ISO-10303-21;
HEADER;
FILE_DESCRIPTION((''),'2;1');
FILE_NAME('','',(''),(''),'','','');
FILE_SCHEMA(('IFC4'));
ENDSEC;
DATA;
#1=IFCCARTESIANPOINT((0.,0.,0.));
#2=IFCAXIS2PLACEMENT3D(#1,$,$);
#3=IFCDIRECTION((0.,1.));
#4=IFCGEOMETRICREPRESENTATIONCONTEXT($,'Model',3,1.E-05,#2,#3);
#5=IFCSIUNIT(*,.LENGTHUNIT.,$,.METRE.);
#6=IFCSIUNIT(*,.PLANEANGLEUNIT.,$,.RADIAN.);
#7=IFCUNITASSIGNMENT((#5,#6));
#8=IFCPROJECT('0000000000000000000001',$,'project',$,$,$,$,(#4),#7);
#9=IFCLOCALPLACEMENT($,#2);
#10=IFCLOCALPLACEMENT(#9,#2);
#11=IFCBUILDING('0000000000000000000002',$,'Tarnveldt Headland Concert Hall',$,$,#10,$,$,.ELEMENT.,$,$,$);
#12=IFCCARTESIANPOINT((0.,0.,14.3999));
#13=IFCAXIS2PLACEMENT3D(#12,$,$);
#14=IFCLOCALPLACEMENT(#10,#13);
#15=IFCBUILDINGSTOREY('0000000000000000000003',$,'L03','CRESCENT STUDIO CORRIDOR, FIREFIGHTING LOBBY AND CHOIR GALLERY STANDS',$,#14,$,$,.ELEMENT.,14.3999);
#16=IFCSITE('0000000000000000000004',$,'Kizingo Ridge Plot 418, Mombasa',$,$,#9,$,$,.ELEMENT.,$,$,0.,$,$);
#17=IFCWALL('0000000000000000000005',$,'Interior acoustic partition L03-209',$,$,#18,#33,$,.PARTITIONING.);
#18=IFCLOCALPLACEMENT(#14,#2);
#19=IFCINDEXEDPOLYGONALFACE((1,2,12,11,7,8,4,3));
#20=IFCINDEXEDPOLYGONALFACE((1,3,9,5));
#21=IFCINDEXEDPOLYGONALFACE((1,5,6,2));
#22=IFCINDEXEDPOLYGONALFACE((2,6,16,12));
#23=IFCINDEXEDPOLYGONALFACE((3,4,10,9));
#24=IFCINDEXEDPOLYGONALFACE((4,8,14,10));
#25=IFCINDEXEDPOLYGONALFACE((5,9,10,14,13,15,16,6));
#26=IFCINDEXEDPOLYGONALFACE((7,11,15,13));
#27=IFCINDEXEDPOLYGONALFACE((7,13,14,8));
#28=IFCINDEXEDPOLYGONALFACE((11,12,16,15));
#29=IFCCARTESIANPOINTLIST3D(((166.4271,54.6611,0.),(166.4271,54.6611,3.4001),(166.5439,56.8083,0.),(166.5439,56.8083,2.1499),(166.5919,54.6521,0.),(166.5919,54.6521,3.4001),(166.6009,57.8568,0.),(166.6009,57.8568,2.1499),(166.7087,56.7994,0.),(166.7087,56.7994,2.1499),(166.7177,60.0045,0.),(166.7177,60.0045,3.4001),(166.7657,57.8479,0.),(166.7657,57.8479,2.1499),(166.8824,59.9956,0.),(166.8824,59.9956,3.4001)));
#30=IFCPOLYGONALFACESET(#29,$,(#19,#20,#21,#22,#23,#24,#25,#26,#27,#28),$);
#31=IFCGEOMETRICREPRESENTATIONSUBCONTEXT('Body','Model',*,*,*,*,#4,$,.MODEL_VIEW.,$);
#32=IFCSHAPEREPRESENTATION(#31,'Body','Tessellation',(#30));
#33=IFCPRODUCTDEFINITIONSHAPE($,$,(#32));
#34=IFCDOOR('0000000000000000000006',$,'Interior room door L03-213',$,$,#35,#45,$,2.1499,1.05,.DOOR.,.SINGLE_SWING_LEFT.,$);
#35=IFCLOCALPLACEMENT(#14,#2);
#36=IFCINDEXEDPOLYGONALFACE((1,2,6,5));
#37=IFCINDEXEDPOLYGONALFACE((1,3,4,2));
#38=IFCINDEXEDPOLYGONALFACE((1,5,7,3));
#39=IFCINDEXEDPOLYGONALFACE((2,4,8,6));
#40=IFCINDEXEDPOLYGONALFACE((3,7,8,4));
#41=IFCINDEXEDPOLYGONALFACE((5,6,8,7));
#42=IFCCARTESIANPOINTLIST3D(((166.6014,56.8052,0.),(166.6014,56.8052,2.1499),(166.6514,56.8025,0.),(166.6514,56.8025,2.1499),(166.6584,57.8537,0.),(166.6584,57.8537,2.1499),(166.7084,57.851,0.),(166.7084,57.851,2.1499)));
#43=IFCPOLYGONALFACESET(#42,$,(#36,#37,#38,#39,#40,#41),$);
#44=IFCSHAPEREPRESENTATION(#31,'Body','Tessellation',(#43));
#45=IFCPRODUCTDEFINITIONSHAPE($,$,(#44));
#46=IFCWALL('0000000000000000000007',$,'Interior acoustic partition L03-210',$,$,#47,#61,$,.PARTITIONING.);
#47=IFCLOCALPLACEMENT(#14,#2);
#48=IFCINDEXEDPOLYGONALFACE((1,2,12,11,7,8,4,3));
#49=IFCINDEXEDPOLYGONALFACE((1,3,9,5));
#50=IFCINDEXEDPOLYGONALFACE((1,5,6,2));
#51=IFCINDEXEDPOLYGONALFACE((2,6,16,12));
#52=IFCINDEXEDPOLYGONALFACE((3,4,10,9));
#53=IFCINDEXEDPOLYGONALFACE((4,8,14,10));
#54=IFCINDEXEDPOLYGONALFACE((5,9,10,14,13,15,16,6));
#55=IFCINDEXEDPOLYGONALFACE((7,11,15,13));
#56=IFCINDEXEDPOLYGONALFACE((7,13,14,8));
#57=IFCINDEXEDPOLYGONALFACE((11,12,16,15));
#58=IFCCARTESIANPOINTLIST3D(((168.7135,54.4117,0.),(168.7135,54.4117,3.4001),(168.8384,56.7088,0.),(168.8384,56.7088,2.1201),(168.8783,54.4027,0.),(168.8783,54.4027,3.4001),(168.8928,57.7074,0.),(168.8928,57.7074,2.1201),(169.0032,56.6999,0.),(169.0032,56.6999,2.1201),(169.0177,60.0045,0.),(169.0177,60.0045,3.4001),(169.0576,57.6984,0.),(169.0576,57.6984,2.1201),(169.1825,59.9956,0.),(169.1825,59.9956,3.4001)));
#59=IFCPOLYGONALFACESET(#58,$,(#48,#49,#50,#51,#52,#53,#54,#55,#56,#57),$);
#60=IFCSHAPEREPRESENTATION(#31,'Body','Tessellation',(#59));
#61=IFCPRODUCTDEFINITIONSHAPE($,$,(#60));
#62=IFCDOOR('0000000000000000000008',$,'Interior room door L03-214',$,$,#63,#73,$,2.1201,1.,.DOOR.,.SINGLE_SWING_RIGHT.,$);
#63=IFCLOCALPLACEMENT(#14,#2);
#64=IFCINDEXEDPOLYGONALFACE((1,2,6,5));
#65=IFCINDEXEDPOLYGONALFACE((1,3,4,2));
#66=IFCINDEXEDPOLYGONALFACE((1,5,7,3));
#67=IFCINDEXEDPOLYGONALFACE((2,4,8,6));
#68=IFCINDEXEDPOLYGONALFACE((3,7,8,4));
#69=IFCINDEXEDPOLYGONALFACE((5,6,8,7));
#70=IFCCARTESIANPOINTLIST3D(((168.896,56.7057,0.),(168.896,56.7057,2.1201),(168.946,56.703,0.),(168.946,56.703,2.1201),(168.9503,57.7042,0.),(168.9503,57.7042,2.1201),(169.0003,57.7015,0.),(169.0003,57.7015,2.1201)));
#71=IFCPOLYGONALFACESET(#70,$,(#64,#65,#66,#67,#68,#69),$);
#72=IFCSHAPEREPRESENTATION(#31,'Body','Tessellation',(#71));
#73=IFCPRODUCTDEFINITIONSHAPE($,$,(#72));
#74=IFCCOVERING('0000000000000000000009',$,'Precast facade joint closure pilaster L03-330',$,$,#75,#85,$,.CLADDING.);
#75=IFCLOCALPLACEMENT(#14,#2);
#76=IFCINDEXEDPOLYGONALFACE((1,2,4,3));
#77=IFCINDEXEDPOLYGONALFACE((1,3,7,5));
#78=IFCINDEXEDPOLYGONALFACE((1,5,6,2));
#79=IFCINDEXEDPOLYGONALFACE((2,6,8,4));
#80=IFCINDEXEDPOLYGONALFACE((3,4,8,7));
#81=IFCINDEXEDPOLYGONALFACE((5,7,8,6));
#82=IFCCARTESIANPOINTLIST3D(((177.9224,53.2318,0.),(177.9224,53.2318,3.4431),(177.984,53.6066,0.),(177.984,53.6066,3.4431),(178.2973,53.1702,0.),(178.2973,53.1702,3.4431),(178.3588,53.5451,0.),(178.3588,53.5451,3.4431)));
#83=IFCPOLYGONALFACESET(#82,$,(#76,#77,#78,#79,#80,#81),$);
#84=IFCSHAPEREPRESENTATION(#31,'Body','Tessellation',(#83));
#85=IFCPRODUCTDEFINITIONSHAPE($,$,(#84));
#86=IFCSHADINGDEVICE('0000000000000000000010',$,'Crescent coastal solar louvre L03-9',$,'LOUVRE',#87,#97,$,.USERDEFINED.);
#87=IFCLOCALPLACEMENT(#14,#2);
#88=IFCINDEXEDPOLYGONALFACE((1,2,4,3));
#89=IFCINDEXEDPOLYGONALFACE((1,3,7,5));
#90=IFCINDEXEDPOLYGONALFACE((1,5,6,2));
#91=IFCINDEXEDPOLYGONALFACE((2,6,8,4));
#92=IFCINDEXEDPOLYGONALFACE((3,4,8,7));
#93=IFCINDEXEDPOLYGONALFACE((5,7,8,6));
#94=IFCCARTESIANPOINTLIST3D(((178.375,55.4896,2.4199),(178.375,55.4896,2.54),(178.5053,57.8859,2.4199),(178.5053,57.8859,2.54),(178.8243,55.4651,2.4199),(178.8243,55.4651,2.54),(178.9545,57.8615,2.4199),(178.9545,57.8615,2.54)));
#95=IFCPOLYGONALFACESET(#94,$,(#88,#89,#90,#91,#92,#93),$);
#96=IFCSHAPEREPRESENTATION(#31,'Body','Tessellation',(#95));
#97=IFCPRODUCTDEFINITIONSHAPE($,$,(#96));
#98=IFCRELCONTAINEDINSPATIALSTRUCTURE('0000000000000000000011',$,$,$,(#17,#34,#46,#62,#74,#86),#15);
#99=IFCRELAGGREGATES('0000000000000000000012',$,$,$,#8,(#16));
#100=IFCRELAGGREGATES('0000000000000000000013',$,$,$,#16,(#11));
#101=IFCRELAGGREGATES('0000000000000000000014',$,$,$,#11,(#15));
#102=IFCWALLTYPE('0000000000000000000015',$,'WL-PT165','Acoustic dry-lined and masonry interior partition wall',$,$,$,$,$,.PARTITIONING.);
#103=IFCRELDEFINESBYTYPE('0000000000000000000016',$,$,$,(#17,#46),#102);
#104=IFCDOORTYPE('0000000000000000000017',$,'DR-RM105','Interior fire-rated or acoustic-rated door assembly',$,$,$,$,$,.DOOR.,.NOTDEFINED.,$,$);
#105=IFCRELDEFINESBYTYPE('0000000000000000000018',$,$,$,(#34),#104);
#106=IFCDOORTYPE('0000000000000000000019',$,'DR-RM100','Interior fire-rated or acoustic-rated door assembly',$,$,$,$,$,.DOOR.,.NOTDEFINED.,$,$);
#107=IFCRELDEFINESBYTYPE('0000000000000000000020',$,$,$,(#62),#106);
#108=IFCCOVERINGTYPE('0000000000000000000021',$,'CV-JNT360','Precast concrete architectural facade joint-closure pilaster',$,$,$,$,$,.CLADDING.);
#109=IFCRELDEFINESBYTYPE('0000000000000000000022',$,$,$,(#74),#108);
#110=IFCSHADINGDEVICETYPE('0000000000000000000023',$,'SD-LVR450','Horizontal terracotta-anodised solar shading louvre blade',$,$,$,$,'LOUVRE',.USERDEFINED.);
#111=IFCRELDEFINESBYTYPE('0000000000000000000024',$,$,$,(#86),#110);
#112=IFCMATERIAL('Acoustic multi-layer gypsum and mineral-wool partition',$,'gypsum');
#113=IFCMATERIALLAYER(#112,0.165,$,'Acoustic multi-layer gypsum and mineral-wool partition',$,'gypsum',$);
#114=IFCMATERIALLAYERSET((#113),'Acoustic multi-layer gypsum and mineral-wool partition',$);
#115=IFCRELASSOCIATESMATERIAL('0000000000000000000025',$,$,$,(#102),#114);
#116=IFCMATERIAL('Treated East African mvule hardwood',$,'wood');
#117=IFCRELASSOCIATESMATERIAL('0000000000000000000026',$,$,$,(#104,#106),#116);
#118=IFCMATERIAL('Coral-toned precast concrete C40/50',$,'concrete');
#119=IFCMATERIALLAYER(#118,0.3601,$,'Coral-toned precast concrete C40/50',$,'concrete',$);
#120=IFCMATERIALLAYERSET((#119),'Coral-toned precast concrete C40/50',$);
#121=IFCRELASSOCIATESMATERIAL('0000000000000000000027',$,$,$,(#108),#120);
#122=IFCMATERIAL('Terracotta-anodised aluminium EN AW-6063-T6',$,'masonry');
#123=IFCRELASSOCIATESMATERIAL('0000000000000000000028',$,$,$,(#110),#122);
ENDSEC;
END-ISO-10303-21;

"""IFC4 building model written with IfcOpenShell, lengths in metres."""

from ifc_helpers import new_model, si_unit, direction, frame, frame_2d, origin, origin_2d, place, context, subcontext, project, spatial, rectangle, extrude, material, layer, layer_set, type_object, element, fill, save


model = new_model("IFC4")

# Units and contexts
model_context = context("Model", 3, precision=1e-05, world=origin(), true_north=direction((0.0, 1.0)))
body_context = subcontext(model_context, "Body", "Model", "MODEL_VIEW")
ifc_project = project(units=[si_unit("LENGTHUNIT", "METRE"), si_unit("PLANEANGLEUNIT", "RADIAN")], contexts=[model_context])

# Site, building, storey
site_placement = place(None, origin())
site = spatial("IfcSite", under=ifc_project, at=site_placement, Name="Kizingo Ridge Plot 418, Mombasa", CompositionType="ELEMENT", RefElevation=0.0)
building_placement = place(site_placement, origin())
building = spatial("IfcBuilding", under=site, at=building_placement, Name="Tarnveldt Headland Concert Hall", CompositionType="ELEMENT")
storey_placement = place(building_placement, frame((0.0, 0.0, 14.3999)))
storey = spatial("IfcBuildingStorey", under=building, at=storey_placement, Name="L03", Description="CRESCENT STUDIO CORRIDOR, FIREFIGHTING LOBBY AND CHOIR GALLERY STANDS", CompositionType="ELEMENT", Elevation=14.3999)

# Shared definitions
ifc_material_1 = material(Name="Coral-toned precast concrete C40/50", Category="concrete")

# Shared definitions
ifc_material_2 = material(Name="Acoustic multi-layer gypsum and mineral-wool partition", Category="gypsum")

# Walls, openings, doors
ifc_layer_1 = layer(ifc_material_2, 0.165, Name="Acoustic multi-layer gypsum and mineral-wool partition", Category="gypsum")
ifc_layer_set_1 = layer_set([ifc_layer_1], Name="Acoustic multi-layer gypsum and mineral-wool partition")
wall_type_1 = type_object("IfcWallType", Name="WL-PT165", Description="Acoustic dry-lined and masonry interior partition wall", PredefinedType="PARTITIONING", material=ifc_layer_set_1)
wall_1_placement = place(storey_placement, frame((166.5095, 54.6565, 0.0), z_axis=(0.0, 0.0, 1.0), x_axis=(0.05429, 0.998525, 0.0)))
wall_1 = element("IfcWall", 1, at=wall_1_placement, inside=storey, type_object=wall_type_1, Name="Interior acoustic partition L03-209", PredefinedType="PARTITIONING", context=body_context, shape_type="SweptSolid", body=[
    extrude(rectangle(XDim=5.3513, YDim=0.165, at=frame_2d((2.6758, 0.0))), origin(), (0.0, 0.0, 1.0), 3.4001),
])
opening_1_placement = place(wall_1_placement, frame((2.1506, 0.0, 0.0)))
opening_1 = element("IfcOpeningElement", 2, at=opening_1_placement, cuts=wall_1, PredefinedType="OPENING", context=body_context, shape_type="SweptSolid", body=[
    extrude(rectangle(XDim=1.05, YDim=2.1499, at=frame_2d((0.5249, 1.075))), frame((0.0, 0.0925, 0.0), z_axis=(0.0, -1.0, 0.0), x_axis=(1.0, 0.0, 0.0)), (0.0, 0.0, 1.0), 0.1851),
])
ifc_material_3 = material(Name="Treated East African mvule hardwood", Category="wood")
door_type_1 = type_object("IfcDoorType", Name="DR-RM105", Description="Interior fire-rated or acoustic-rated door assembly", OperationType="NOTDEFINED", PredefinedType="DOOR", material=ifc_material_3)
door_1_placement = place(opening_1_placement, origin())
door_1 = element("IfcDoor", 3, at=door_1_placement, inside=storey, type_object=door_type_1, Name="Interior room door L03-213", OperationType="SINGLE_SWING_LEFT", OverallHeight=2.1499, OverallWidth=1.05, PredefinedType="DOOR", context=body_context, shape_type="SweptSolid", body=[
    extrude(rectangle(XDim=1.05, YDim=2.1499, at=frame_2d((0.5249, 1.075))), frame((0.0, 0.0249, 0.0), z_axis=(0.0, -1.0, 0.0), x_axis=(1.0, 0.0, 0.0)), (0.0, 0.0, 1.0), 0.05),
])
fill(opening_1, door_1)
wall_2_placement = place(storey_placement, frame((168.7959, 54.4072, 0.0), z_axis=(0.0, 0.0, 1.0), x_axis=(0.054311, 0.998524, 0.0)))
wall_2 = element("IfcWall", 4, at=wall_2_placement, inside=storey, type_object=wall_type_1, Name="Interior acoustic partition L03-210", PredefinedType="PARTITIONING", context=body_context, shape_type="SweptSolid", body=[
    extrude(rectangle(XDim=5.6011, YDim=0.165, at=frame_2d((2.8005, 0.0))), origin(), (0.0, 0.0, 1.0), 3.4001),
])
opening_2_placement = place(wall_2_placement, frame((2.3005, 0.0, 0.0)))
opening_2 = element("IfcOpeningElement", 5, at=opening_2_placement, cuts=wall_2, PredefinedType="OPENING", context=body_context, shape_type="SweptSolid", body=[
    extrude(rectangle(XDim=1.0, YDim=2.1201, at=frame_2d((0.5, 1.0601))), frame((0.0, 0.0925, 0.0), z_axis=(0.0, -1.0, 0.0), x_axis=(1.0, 0.0, 0.0)), (0.0, 0.0, 1.0), 0.1851),
])
door_type_2 = type_object("IfcDoorType", Name="DR-RM100", Description="Interior fire-rated or acoustic-rated door assembly", OperationType="NOTDEFINED", PredefinedType="DOOR", material=ifc_material_3)
door_2_placement = place(opening_2_placement, origin())
door_2 = element("IfcDoor", 6, at=door_2_placement, inside=storey, type_object=door_type_2, Name="Interior room door L03-214", OperationType="SINGLE_SWING_RIGHT", OverallHeight=2.1201, OverallWidth=1.0, PredefinedType="DOOR", context=body_context, shape_type="SweptSolid", body=[
    extrude(rectangle(XDim=1.0, YDim=2.1201, at=frame_2d((0.5, 1.0601))), frame((0.0, 0.0249, 0.0), z_axis=(0.0, -1.0, 0.0), x_axis=(1.0, 0.0, 0.0)), (0.0, 0.0, 1.0), 0.05),
])
fill(opening_2, door_2)

# Covering
ifc_layer_2 = layer(ifc_material_1, 0.3601, Name="Coral-toned precast concrete C40/50", Category="concrete")
ifc_layer_set_2 = layer_set([ifc_layer_2], Name="Coral-toned precast concrete C40/50")
covering_type = type_object("IfcCoveringType", Name="CV-JNT360", Description="Precast concrete architectural facade joint-closure pilaster", PredefinedType="CLADDING", material=ifc_layer_set_2)
covering_placement = place(storey_placement, frame((178.1406, 53.3884, 0.0), z_axis=(0.0, 0.0, 1.0), x_axis=(-0.162121, -0.986771, 0.0)))
element("IfcCovering", 7, at=covering_placement, inside=storey, type_object=covering_type, Name="Precast facade joint closure pilaster L03-330", PredefinedType="CLADDING", context=body_context, shape_type="SweptSolid", body=[
    extrude(rectangle(XDim=0.3799, YDim=0.3799, at=origin_2d()), origin(), (0.0, 0.0, 1.0), 3.4431),
])

# Shading device
ifc_material_4 = material(Name="Terracotta-anodised aluminium EN AW-6063-T6", Category="masonry")
shading_device_type = type_object("IfcShadingDeviceType", Name="SD-LVR450", Description="Horizontal terracotta-anodised solar shading louvre blade", ElementType="LOUVRE", PredefinedType="USERDEFINED", material=ifc_material_4)
shading_device_placement = place(storey_placement, frame((178.6648, 56.6755, 2.4199), z_axis=(0.0, 0.0, 1.0), x_axis=(0.998527, -0.054253, 0.0)))
element("IfcShadingDevice", 8, at=shading_device_placement, inside=storey, type_object=shading_device_type, Name="Crescent coastal solar louvre L03-9", ObjectType="LOUVRE", PredefinedType="USERDEFINED", context=body_context, shape_type="SweptSolid", body=[
    extrude(rectangle(XDim=0.45, YDim=2.3999, at=origin_2d()), origin(), (0.0, 0.0, 1.0), 0.1201),
])

save(model, "model.ifc")
